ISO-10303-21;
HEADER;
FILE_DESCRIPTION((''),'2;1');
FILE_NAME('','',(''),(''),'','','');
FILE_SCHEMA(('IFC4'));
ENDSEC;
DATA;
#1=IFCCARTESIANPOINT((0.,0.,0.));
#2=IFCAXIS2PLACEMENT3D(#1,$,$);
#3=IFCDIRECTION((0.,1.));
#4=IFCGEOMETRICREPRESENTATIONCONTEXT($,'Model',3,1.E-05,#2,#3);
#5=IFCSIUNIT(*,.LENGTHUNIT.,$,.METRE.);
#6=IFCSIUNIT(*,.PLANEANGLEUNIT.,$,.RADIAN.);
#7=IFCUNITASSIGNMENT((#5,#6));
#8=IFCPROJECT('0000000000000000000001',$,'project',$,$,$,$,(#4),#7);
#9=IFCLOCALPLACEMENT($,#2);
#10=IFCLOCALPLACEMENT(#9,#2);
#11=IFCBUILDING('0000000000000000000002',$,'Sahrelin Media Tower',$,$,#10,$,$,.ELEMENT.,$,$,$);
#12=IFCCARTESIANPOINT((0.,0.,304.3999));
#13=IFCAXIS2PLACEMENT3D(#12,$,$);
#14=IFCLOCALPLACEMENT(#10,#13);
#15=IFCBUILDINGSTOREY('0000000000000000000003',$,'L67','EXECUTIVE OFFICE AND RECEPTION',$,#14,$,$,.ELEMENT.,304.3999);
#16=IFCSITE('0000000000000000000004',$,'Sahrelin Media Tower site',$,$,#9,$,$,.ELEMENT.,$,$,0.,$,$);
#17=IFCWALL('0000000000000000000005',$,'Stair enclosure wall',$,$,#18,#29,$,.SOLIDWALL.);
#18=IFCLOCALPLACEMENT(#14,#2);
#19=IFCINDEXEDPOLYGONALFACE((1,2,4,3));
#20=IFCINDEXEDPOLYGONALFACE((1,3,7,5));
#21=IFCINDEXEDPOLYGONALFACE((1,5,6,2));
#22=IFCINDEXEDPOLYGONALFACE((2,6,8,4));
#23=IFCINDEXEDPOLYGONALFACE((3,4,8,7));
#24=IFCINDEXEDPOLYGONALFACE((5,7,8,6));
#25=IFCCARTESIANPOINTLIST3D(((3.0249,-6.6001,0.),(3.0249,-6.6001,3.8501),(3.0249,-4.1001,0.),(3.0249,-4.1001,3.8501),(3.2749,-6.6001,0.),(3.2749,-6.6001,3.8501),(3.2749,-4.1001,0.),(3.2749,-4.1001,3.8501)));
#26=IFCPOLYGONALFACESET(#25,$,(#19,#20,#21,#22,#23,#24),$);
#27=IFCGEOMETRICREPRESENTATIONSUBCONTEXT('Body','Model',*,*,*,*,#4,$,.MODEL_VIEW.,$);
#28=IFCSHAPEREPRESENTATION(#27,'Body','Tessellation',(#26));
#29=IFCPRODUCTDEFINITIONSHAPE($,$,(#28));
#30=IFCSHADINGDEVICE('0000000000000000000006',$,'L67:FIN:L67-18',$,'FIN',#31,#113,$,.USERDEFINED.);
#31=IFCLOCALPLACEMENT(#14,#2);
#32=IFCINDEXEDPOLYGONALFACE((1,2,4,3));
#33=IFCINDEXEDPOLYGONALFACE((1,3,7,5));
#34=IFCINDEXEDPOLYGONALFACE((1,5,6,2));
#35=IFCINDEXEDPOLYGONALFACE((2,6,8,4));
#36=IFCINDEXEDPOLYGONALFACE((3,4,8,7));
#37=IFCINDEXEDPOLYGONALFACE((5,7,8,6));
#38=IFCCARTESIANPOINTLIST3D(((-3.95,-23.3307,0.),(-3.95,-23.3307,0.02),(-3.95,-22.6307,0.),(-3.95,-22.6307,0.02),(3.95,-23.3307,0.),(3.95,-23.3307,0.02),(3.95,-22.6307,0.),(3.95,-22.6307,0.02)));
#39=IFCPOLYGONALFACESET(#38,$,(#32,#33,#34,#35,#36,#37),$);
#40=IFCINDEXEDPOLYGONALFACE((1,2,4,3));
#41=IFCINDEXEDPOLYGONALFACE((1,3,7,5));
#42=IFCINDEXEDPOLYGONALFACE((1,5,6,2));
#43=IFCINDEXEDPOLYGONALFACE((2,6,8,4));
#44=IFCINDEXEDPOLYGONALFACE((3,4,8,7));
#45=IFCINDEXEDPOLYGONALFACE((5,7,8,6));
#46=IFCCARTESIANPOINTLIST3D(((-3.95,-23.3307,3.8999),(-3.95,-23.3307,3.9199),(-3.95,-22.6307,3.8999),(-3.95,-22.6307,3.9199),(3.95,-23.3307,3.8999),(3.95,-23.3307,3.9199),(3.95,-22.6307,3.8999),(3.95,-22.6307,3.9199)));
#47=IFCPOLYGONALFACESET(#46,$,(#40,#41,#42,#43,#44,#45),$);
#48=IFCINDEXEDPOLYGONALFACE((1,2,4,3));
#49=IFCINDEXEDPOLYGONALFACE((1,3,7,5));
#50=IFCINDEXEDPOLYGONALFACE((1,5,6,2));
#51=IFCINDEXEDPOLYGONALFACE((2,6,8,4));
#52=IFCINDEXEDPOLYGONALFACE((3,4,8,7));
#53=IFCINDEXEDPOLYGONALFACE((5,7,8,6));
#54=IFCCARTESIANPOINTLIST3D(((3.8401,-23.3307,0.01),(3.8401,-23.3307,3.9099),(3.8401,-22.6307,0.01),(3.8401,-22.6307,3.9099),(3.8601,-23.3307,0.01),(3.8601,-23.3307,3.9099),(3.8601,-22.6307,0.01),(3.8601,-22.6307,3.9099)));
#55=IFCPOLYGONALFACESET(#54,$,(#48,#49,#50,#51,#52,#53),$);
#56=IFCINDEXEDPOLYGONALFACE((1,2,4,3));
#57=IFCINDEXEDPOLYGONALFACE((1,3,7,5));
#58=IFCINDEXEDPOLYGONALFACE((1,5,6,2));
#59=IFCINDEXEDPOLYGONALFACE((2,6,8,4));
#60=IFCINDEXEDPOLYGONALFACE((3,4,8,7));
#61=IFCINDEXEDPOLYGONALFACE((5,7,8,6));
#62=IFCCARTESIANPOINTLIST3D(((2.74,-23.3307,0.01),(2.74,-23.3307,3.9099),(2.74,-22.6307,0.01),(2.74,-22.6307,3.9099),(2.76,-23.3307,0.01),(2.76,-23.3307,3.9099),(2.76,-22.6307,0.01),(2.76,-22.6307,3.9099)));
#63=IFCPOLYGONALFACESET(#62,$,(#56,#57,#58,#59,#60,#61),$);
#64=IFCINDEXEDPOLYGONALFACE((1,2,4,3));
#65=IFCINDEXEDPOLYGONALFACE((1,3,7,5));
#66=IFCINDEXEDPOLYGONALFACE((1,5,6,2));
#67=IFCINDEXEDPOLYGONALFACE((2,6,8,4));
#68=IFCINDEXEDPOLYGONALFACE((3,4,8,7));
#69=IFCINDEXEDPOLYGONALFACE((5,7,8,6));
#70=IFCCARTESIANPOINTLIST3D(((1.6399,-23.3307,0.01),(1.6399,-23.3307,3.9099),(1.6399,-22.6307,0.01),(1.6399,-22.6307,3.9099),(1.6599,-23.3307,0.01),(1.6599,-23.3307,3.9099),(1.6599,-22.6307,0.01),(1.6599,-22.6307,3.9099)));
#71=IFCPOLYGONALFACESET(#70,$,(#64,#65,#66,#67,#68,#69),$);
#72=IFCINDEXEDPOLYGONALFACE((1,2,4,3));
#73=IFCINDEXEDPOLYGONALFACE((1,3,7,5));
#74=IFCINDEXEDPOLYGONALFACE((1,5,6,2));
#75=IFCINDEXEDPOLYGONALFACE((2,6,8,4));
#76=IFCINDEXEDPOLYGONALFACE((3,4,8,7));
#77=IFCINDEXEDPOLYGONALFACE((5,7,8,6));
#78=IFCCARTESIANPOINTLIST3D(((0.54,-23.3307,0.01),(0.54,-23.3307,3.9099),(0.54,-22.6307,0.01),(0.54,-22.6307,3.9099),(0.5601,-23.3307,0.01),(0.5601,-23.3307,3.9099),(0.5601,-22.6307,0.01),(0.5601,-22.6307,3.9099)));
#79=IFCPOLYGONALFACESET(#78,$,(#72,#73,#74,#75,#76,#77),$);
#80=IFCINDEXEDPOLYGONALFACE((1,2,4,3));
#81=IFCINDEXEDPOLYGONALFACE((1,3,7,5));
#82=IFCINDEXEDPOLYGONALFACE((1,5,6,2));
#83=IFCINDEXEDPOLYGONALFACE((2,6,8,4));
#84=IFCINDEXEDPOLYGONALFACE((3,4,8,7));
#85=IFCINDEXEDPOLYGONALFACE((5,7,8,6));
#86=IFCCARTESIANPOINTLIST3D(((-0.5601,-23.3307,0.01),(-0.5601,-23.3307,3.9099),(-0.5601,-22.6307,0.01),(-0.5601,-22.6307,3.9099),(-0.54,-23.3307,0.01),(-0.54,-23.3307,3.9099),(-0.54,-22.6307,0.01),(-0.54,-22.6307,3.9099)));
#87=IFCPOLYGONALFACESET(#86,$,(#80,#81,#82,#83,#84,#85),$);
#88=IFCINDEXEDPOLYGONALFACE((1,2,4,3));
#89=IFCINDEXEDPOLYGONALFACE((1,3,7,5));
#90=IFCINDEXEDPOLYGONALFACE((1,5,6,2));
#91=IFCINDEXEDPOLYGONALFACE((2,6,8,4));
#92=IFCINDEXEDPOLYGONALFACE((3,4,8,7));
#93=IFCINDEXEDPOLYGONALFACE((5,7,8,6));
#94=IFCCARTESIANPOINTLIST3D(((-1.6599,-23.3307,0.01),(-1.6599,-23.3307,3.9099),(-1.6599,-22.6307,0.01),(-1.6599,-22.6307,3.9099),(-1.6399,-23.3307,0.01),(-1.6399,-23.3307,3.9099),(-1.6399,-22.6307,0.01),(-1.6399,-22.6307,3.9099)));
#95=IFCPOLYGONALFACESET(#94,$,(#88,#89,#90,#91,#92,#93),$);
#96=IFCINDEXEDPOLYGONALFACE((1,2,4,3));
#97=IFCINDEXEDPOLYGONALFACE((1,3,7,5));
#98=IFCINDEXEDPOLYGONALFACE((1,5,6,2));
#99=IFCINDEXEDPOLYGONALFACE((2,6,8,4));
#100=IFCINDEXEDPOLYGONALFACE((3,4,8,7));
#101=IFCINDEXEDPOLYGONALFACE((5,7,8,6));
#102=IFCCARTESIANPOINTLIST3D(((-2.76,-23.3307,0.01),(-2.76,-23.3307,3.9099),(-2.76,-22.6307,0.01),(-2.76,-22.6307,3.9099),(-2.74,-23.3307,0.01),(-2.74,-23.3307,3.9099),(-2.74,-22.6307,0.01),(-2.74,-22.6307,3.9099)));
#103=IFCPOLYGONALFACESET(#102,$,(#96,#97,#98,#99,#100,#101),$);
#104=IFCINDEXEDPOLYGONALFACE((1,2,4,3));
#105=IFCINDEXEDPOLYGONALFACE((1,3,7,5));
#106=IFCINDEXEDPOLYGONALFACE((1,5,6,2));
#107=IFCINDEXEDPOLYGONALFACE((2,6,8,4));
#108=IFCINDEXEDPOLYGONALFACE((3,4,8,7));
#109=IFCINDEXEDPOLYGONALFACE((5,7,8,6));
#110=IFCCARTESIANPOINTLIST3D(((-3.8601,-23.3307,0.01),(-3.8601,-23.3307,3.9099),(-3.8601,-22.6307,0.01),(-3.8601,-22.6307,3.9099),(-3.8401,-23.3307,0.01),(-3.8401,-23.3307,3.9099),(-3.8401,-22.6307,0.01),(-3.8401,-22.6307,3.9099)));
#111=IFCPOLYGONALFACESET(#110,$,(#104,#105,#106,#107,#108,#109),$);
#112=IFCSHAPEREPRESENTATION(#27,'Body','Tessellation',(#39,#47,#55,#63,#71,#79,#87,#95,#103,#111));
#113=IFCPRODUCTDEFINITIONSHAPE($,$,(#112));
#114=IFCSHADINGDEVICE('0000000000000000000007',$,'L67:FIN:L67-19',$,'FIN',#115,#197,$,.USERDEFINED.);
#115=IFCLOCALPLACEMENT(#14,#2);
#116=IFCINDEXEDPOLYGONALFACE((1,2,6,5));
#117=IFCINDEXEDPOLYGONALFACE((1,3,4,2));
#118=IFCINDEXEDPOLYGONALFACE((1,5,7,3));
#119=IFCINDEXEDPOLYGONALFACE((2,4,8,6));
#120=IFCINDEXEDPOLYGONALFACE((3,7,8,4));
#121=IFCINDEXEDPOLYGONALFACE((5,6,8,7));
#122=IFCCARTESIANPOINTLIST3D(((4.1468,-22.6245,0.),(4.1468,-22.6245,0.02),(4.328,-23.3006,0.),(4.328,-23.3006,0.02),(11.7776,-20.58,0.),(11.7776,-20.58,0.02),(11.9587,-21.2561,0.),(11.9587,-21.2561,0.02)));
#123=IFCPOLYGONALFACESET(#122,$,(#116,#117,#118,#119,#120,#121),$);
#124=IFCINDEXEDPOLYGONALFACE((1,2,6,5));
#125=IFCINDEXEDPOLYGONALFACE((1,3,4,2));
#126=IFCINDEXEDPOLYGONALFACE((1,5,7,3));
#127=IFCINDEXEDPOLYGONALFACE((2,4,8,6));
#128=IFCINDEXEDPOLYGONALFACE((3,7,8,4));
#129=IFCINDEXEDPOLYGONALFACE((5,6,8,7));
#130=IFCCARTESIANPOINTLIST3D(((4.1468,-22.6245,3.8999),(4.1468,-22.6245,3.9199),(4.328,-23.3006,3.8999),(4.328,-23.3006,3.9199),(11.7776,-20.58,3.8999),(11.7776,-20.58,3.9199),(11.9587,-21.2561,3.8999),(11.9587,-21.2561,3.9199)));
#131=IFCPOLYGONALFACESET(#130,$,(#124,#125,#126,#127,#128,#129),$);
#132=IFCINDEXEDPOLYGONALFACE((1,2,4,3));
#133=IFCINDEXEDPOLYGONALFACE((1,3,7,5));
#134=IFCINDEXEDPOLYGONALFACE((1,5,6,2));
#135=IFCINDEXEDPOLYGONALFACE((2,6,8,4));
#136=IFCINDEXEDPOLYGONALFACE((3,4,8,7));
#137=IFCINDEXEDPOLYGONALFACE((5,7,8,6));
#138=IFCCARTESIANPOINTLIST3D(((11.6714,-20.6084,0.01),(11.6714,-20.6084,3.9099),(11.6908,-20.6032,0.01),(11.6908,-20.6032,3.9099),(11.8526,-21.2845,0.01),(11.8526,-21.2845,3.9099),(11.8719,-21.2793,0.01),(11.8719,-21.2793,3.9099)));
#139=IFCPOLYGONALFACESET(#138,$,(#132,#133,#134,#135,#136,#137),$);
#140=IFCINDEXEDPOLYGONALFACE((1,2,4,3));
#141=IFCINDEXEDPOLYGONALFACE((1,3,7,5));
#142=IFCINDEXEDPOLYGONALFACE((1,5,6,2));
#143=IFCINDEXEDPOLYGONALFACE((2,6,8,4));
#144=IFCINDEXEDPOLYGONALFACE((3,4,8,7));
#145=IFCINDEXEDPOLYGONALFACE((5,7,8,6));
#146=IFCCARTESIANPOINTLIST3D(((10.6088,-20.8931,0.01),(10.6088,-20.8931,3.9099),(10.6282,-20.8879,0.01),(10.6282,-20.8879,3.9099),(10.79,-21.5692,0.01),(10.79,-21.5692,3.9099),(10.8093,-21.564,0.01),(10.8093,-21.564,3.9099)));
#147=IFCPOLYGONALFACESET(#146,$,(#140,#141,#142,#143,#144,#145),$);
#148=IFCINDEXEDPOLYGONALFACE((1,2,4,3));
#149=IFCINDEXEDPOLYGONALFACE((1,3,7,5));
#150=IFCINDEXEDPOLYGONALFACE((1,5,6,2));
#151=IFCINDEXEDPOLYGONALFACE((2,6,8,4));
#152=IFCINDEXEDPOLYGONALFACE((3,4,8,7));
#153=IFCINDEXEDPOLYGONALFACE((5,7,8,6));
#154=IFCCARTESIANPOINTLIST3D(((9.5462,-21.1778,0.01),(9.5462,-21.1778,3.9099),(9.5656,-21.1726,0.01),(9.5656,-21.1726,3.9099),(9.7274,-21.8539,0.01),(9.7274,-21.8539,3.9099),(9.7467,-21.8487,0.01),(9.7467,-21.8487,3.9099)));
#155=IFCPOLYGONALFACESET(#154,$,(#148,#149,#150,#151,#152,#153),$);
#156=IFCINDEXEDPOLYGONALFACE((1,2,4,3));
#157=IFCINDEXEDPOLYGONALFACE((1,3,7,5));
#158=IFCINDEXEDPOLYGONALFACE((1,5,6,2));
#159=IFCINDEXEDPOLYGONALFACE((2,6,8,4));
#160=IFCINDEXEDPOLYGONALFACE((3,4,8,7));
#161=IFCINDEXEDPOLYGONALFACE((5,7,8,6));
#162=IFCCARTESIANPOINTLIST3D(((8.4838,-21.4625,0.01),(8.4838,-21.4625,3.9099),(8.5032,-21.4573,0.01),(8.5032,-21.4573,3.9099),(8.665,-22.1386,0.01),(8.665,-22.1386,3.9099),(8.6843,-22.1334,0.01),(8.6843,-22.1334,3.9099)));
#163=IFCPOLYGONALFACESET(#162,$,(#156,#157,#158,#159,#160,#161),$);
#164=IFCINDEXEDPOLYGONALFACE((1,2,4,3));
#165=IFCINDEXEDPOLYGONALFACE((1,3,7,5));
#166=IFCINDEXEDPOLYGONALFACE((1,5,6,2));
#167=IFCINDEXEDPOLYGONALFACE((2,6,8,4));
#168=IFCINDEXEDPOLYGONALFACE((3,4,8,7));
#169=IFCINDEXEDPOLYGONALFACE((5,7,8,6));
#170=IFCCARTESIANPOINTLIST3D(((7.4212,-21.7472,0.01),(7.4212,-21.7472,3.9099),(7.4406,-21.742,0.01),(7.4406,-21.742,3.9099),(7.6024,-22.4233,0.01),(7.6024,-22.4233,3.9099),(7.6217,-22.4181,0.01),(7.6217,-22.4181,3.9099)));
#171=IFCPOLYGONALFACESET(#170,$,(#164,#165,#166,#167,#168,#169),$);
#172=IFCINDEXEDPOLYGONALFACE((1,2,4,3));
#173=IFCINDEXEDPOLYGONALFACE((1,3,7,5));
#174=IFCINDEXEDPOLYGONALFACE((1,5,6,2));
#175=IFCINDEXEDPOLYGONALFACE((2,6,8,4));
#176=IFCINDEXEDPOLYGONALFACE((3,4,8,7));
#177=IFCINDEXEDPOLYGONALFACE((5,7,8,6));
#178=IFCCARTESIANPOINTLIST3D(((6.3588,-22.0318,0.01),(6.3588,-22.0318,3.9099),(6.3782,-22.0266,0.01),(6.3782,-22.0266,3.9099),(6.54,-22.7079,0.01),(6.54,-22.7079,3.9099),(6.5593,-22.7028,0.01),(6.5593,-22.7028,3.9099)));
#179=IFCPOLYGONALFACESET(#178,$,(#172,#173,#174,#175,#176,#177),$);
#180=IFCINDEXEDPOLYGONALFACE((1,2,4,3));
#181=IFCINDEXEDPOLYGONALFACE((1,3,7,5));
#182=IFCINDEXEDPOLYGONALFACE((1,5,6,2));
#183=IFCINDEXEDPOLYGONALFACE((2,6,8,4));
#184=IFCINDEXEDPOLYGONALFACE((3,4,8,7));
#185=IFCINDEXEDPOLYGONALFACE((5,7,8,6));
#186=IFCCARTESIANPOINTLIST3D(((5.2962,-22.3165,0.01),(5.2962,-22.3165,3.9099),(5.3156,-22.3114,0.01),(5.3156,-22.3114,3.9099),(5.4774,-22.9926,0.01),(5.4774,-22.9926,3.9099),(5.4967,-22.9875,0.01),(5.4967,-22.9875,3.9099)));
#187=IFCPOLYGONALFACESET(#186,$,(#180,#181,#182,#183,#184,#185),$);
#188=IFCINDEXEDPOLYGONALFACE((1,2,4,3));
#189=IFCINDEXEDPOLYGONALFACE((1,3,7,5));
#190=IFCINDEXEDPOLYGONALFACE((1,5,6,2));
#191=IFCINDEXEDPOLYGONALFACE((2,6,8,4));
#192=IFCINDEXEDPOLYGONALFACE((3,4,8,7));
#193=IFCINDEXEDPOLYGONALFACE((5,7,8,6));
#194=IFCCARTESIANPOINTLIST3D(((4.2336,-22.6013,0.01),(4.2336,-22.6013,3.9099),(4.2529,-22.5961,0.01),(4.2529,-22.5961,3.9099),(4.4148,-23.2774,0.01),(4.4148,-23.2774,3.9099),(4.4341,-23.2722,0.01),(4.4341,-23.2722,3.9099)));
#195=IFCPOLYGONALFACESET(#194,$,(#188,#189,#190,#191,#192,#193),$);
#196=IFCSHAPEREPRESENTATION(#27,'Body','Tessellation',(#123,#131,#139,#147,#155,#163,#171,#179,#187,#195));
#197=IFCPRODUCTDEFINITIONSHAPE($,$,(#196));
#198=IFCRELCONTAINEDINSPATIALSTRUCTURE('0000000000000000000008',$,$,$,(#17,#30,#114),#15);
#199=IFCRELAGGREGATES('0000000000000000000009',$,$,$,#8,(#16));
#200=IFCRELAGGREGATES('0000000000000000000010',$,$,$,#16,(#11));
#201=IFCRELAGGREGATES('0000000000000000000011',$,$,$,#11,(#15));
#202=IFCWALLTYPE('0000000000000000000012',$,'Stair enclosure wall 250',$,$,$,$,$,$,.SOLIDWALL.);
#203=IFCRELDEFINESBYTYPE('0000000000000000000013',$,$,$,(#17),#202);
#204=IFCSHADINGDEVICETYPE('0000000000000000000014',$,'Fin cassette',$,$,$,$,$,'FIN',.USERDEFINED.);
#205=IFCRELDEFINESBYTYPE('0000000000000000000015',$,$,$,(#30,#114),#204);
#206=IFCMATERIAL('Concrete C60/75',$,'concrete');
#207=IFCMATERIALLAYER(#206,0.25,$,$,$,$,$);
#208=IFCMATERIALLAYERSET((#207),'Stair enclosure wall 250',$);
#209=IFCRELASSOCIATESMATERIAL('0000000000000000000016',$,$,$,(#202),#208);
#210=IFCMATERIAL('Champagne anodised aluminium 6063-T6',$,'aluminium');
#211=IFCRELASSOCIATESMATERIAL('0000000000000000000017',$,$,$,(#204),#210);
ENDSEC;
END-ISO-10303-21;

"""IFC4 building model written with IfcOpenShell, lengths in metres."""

from ifc_helpers import new_model, si_unit, direction, frame, frame_2d, origin, origin_2d, place, context, subcontext, project, spatial, rectangle, extrude, material, layer, layer_set, type_object, element, save


model = new_model("IFC4")

# Units and contexts
model_context = context("Model", 3, precision=1e-05, world=origin(), true_north=direction((0.0, 1.0)))
body_context = subcontext(model_context, "Body", "Model", "MODEL_VIEW")
ifc_project = project(units=[si_unit("LENGTHUNIT", "METRE"), si_unit("PLANEANGLEUNIT", "RADIAN")], contexts=[model_context])

# Site, building, storey
site_placement = place(None, origin())
site = spatial("IfcSite", under=ifc_project, at=site_placement, Name="Sahrelin Media Tower site", CompositionType="ELEMENT", RefElevation=0.0)
building_placement = place(site_placement, origin())
building = spatial("IfcBuilding", under=site, at=building_placement, Name="Sahrelin Media Tower", CompositionType="ELEMENT")
storey_placement = place(building_placement, frame((0.0, 0.0, 304.3999)))
storey = spatial("IfcBuildingStorey", under=building, at=storey_placement, Name="L67", Description="EXECUTIVE OFFICE AND RECEPTION", CompositionType="ELEMENT", Elevation=304.3999)

# Shared definitions
ifc_material_1 = material(Name="Champagne anodised aluminium 6063-T6", Category="aluminium")

# Shared definitions
ifc_material_2 = material(Name="Concrete C60/75", Category="concrete")
ifc_layer_1 = layer(ifc_material_2, 0.25)
ifc_layer_set_1 = layer_set([ifc_layer_1], Name="Stair enclosure wall 250")
wall_type_1 = type_object("IfcWallType", Name="Stair enclosure wall 250", PredefinedType="SOLIDWALL", material=ifc_layer_set_1)

# Wall
wall_1_placement = place(storey_placement, frame((3.1499, -6.6001, 0.0), z_axis=(0.0, 0.0, 1.0), x_axis=(0.0, 1.0, 0.0)))
element("IfcWall", 1, at=wall_1_placement, inside=storey, type_object=wall_type_1, Name="Stair enclosure wall", PredefinedType="SOLIDWALL", context=body_context, shape_type="SweptSolid", body=[
    extrude(rectangle(XDim=2.5, YDim=0.25, at=frame_2d((1.25, 0.0))), origin(), (0.0, 0.0, 1.0), 3.8501),
])

# Shading devices
shading_device_type_1 = type_object("IfcShadingDeviceType", Name="Fin cassette", ElementType="FIN", PredefinedType="USERDEFINED", material=ifc_material_1)
placement_1 = place(storey_placement, frame((0.0, -22.5608, 0.0), z_axis=(0.0, 0.0, 1.0), x_axis=(-1.0, 0.0, 0.0)))
element("IfcShadingDevice", 2, at=placement_1, inside=storey, type_object=shading_device_type_1, Name="L67:FIN:L67-18", ObjectType="FIN", PredefinedType="USERDEFINED", context=body_context, shape_type="SweptSolid", body=[
    extrude(rectangle(XDim=7.8999, YDim=0.7, at=origin_2d()), frame((0.0, 0.4199, 0.0)), (0.0, 0.0, 1.0), 0.02),
    extrude(rectangle(XDim=7.8999, YDim=0.7, at=origin_2d()), frame((0.0, 0.4199, 3.8999)), (0.0, 0.0, 1.0), 0.02),
    extrude(rectangle(XDim=0.02, YDim=0.7, at=origin_2d()), frame((-3.8501, 0.4199, 0.01), z_axis=(0.0, 0.0, 1.0), x_axis=(1.0, 0.0, 0.0)), (0.0, 0.0, 1.0), 3.8999),
    extrude(rectangle(XDim=0.02, YDim=0.7, at=origin_2d()), frame((-2.75, 0.4199, 0.01), z_axis=(0.0, 0.0, 1.0), x_axis=(1.0, 0.0, 0.0)), (0.0, 0.0, 1.0), 3.8999),
    extrude(rectangle(XDim=0.02, YDim=0.7, at=origin_2d()), frame((-1.6499, 0.4199, 0.01), z_axis=(0.0, 0.0, 1.0), x_axis=(1.0, 0.0, 0.0)), (0.0, 0.0, 1.0), 3.8999),
    extrude(rectangle(XDim=0.02, YDim=0.7, at=origin_2d()), frame((-0.55, 0.4199, 0.01), z_axis=(0.0, 0.0, 1.0), x_axis=(1.0, 0.0, 0.0)), (0.0, 0.0, 1.0), 3.8999),
    extrude(rectangle(XDim=0.02, YDim=0.7, at=origin_2d()), frame((0.55, 0.4199, 0.01), z_axis=(0.0, 0.0, 1.0), x_axis=(1.0, 0.0, 0.0)), (0.0, 0.0, 1.0), 3.8999),
    extrude(rectangle(XDim=0.02, YDim=0.7, at=origin_2d()), frame((1.6499, 0.4199, 0.01), z_axis=(0.0, 0.0, 1.0), x_axis=(1.0, 0.0, 0.0)), (0.0, 0.0, 1.0), 3.8999),
    extrude(rectangle(XDim=0.02, YDim=0.7, at=origin_2d()), frame((2.75, 0.4199, 0.01), z_axis=(0.0, 0.0, 1.0), x_axis=(1.0, 0.0, 0.0)), (0.0, 0.0, 1.0), 3.8999),
    extrude(rectangle(XDim=0.02, YDim=0.7, at=origin_2d()), frame((3.8501, 0.4199, 0.01), z_axis=(0.0, 0.0, 1.0), x_axis=(1.0, 0.0, 0.0)), (0.0, 0.0, 1.0), 3.8999),
])
placement_2 = place(storey_placement, frame((7.9441, -21.5347, 0.0), z_axis=(0.0, 0.0, 1.0), x_axis=(-0.965929, -0.258808, 0.0)))
element("IfcShadingDevice", 3, at=placement_2, inside=storey, type_object=shading_device_type_1, Name="L67:FIN:L67-19", ObjectType="FIN", PredefinedType="USERDEFINED", context=body_context, shape_type="SweptSolid", body=[
    extrude(rectangle(XDim=7.8999, YDim=0.7, at=origin_2d()), frame((0.0, 0.4199, 0.0)), (0.0, 0.0, 1.0), 0.02),
    extrude(rectangle(XDim=7.8999, YDim=0.7, at=origin_2d()), frame((0.0, 0.4199, 3.8999)), (0.0, 0.0, 1.0), 0.02),
    extrude(rectangle(XDim=0.02, YDim=0.7, at=origin_2d()), frame((-3.8501, 0.4199, 0.01), z_axis=(0.0, 0.0, 1.0), x_axis=(1.0, 0.0, 0.0)), (0.0, 0.0, 1.0), 3.8999),
    extrude(rectangle(XDim=0.02, YDim=0.7, at=origin_2d()), frame((-2.75, 0.4199, 0.01), z_axis=(0.0, 0.0, 1.0), x_axis=(1.0, 0.0, 0.0)), (0.0, 0.0, 1.0), 3.8999),
    extrude(rectangle(XDim=0.02, YDim=0.7, at=origin_2d()), frame((-1.6499, 0.4199, 0.01), z_axis=(0.0, 0.0, 1.0), x_axis=(1.0, 0.0, 0.0)), (0.0, 0.0, 1.0), 3.8999),
    extrude(rectangle(XDim=0.02, YDim=0.7, at=origin_2d()), frame((-0.55, 0.4199, 0.01), z_axis=(0.0, 0.0, 1.0), x_axis=(1.0, 0.0, 0.0)), (0.0, 0.0, 1.0), 3.8999),
    extrude(rectangle(XDim=0.02, YDim=0.7, at=origin_2d()), frame((0.55, 0.4199, 0.01), z_axis=(0.0, 0.0, 1.0), x_axis=(1.0, 0.0, 0.0)), (0.0, 0.0, 1.0), 3.8999),
    extrude(rectangle(XDim=0.02, YDim=0.7, at=origin_2d()), frame((1.6499, 0.4199, 0.01), z_axis=(0.0, 0.0, 1.0), x_axis=(1.0, 0.0, 0.0)), (0.0, 0.0, 1.0), 3.8999),
    extrude(rectangle(XDim=0.02, YDim=0.7, at=origin_2d()), frame((2.75, 0.4199, 0.01), z_axis=(0.0, 0.0, 1.0), x_axis=(1.0, 0.0, 0.0)), (0.0, 0.0, 1.0), 3.8999),
    extrude(rectangle(XDim=0.02, YDim=0.7, at=origin_2d()), frame((3.8501, 0.4199, 0.01), z_axis=(0.0, 0.0, 1.0), x_axis=(1.0, 0.0, 0.0)), (0.0, 0.0, 1.0), 3.8999),
])

save(model, "model.ifc")
